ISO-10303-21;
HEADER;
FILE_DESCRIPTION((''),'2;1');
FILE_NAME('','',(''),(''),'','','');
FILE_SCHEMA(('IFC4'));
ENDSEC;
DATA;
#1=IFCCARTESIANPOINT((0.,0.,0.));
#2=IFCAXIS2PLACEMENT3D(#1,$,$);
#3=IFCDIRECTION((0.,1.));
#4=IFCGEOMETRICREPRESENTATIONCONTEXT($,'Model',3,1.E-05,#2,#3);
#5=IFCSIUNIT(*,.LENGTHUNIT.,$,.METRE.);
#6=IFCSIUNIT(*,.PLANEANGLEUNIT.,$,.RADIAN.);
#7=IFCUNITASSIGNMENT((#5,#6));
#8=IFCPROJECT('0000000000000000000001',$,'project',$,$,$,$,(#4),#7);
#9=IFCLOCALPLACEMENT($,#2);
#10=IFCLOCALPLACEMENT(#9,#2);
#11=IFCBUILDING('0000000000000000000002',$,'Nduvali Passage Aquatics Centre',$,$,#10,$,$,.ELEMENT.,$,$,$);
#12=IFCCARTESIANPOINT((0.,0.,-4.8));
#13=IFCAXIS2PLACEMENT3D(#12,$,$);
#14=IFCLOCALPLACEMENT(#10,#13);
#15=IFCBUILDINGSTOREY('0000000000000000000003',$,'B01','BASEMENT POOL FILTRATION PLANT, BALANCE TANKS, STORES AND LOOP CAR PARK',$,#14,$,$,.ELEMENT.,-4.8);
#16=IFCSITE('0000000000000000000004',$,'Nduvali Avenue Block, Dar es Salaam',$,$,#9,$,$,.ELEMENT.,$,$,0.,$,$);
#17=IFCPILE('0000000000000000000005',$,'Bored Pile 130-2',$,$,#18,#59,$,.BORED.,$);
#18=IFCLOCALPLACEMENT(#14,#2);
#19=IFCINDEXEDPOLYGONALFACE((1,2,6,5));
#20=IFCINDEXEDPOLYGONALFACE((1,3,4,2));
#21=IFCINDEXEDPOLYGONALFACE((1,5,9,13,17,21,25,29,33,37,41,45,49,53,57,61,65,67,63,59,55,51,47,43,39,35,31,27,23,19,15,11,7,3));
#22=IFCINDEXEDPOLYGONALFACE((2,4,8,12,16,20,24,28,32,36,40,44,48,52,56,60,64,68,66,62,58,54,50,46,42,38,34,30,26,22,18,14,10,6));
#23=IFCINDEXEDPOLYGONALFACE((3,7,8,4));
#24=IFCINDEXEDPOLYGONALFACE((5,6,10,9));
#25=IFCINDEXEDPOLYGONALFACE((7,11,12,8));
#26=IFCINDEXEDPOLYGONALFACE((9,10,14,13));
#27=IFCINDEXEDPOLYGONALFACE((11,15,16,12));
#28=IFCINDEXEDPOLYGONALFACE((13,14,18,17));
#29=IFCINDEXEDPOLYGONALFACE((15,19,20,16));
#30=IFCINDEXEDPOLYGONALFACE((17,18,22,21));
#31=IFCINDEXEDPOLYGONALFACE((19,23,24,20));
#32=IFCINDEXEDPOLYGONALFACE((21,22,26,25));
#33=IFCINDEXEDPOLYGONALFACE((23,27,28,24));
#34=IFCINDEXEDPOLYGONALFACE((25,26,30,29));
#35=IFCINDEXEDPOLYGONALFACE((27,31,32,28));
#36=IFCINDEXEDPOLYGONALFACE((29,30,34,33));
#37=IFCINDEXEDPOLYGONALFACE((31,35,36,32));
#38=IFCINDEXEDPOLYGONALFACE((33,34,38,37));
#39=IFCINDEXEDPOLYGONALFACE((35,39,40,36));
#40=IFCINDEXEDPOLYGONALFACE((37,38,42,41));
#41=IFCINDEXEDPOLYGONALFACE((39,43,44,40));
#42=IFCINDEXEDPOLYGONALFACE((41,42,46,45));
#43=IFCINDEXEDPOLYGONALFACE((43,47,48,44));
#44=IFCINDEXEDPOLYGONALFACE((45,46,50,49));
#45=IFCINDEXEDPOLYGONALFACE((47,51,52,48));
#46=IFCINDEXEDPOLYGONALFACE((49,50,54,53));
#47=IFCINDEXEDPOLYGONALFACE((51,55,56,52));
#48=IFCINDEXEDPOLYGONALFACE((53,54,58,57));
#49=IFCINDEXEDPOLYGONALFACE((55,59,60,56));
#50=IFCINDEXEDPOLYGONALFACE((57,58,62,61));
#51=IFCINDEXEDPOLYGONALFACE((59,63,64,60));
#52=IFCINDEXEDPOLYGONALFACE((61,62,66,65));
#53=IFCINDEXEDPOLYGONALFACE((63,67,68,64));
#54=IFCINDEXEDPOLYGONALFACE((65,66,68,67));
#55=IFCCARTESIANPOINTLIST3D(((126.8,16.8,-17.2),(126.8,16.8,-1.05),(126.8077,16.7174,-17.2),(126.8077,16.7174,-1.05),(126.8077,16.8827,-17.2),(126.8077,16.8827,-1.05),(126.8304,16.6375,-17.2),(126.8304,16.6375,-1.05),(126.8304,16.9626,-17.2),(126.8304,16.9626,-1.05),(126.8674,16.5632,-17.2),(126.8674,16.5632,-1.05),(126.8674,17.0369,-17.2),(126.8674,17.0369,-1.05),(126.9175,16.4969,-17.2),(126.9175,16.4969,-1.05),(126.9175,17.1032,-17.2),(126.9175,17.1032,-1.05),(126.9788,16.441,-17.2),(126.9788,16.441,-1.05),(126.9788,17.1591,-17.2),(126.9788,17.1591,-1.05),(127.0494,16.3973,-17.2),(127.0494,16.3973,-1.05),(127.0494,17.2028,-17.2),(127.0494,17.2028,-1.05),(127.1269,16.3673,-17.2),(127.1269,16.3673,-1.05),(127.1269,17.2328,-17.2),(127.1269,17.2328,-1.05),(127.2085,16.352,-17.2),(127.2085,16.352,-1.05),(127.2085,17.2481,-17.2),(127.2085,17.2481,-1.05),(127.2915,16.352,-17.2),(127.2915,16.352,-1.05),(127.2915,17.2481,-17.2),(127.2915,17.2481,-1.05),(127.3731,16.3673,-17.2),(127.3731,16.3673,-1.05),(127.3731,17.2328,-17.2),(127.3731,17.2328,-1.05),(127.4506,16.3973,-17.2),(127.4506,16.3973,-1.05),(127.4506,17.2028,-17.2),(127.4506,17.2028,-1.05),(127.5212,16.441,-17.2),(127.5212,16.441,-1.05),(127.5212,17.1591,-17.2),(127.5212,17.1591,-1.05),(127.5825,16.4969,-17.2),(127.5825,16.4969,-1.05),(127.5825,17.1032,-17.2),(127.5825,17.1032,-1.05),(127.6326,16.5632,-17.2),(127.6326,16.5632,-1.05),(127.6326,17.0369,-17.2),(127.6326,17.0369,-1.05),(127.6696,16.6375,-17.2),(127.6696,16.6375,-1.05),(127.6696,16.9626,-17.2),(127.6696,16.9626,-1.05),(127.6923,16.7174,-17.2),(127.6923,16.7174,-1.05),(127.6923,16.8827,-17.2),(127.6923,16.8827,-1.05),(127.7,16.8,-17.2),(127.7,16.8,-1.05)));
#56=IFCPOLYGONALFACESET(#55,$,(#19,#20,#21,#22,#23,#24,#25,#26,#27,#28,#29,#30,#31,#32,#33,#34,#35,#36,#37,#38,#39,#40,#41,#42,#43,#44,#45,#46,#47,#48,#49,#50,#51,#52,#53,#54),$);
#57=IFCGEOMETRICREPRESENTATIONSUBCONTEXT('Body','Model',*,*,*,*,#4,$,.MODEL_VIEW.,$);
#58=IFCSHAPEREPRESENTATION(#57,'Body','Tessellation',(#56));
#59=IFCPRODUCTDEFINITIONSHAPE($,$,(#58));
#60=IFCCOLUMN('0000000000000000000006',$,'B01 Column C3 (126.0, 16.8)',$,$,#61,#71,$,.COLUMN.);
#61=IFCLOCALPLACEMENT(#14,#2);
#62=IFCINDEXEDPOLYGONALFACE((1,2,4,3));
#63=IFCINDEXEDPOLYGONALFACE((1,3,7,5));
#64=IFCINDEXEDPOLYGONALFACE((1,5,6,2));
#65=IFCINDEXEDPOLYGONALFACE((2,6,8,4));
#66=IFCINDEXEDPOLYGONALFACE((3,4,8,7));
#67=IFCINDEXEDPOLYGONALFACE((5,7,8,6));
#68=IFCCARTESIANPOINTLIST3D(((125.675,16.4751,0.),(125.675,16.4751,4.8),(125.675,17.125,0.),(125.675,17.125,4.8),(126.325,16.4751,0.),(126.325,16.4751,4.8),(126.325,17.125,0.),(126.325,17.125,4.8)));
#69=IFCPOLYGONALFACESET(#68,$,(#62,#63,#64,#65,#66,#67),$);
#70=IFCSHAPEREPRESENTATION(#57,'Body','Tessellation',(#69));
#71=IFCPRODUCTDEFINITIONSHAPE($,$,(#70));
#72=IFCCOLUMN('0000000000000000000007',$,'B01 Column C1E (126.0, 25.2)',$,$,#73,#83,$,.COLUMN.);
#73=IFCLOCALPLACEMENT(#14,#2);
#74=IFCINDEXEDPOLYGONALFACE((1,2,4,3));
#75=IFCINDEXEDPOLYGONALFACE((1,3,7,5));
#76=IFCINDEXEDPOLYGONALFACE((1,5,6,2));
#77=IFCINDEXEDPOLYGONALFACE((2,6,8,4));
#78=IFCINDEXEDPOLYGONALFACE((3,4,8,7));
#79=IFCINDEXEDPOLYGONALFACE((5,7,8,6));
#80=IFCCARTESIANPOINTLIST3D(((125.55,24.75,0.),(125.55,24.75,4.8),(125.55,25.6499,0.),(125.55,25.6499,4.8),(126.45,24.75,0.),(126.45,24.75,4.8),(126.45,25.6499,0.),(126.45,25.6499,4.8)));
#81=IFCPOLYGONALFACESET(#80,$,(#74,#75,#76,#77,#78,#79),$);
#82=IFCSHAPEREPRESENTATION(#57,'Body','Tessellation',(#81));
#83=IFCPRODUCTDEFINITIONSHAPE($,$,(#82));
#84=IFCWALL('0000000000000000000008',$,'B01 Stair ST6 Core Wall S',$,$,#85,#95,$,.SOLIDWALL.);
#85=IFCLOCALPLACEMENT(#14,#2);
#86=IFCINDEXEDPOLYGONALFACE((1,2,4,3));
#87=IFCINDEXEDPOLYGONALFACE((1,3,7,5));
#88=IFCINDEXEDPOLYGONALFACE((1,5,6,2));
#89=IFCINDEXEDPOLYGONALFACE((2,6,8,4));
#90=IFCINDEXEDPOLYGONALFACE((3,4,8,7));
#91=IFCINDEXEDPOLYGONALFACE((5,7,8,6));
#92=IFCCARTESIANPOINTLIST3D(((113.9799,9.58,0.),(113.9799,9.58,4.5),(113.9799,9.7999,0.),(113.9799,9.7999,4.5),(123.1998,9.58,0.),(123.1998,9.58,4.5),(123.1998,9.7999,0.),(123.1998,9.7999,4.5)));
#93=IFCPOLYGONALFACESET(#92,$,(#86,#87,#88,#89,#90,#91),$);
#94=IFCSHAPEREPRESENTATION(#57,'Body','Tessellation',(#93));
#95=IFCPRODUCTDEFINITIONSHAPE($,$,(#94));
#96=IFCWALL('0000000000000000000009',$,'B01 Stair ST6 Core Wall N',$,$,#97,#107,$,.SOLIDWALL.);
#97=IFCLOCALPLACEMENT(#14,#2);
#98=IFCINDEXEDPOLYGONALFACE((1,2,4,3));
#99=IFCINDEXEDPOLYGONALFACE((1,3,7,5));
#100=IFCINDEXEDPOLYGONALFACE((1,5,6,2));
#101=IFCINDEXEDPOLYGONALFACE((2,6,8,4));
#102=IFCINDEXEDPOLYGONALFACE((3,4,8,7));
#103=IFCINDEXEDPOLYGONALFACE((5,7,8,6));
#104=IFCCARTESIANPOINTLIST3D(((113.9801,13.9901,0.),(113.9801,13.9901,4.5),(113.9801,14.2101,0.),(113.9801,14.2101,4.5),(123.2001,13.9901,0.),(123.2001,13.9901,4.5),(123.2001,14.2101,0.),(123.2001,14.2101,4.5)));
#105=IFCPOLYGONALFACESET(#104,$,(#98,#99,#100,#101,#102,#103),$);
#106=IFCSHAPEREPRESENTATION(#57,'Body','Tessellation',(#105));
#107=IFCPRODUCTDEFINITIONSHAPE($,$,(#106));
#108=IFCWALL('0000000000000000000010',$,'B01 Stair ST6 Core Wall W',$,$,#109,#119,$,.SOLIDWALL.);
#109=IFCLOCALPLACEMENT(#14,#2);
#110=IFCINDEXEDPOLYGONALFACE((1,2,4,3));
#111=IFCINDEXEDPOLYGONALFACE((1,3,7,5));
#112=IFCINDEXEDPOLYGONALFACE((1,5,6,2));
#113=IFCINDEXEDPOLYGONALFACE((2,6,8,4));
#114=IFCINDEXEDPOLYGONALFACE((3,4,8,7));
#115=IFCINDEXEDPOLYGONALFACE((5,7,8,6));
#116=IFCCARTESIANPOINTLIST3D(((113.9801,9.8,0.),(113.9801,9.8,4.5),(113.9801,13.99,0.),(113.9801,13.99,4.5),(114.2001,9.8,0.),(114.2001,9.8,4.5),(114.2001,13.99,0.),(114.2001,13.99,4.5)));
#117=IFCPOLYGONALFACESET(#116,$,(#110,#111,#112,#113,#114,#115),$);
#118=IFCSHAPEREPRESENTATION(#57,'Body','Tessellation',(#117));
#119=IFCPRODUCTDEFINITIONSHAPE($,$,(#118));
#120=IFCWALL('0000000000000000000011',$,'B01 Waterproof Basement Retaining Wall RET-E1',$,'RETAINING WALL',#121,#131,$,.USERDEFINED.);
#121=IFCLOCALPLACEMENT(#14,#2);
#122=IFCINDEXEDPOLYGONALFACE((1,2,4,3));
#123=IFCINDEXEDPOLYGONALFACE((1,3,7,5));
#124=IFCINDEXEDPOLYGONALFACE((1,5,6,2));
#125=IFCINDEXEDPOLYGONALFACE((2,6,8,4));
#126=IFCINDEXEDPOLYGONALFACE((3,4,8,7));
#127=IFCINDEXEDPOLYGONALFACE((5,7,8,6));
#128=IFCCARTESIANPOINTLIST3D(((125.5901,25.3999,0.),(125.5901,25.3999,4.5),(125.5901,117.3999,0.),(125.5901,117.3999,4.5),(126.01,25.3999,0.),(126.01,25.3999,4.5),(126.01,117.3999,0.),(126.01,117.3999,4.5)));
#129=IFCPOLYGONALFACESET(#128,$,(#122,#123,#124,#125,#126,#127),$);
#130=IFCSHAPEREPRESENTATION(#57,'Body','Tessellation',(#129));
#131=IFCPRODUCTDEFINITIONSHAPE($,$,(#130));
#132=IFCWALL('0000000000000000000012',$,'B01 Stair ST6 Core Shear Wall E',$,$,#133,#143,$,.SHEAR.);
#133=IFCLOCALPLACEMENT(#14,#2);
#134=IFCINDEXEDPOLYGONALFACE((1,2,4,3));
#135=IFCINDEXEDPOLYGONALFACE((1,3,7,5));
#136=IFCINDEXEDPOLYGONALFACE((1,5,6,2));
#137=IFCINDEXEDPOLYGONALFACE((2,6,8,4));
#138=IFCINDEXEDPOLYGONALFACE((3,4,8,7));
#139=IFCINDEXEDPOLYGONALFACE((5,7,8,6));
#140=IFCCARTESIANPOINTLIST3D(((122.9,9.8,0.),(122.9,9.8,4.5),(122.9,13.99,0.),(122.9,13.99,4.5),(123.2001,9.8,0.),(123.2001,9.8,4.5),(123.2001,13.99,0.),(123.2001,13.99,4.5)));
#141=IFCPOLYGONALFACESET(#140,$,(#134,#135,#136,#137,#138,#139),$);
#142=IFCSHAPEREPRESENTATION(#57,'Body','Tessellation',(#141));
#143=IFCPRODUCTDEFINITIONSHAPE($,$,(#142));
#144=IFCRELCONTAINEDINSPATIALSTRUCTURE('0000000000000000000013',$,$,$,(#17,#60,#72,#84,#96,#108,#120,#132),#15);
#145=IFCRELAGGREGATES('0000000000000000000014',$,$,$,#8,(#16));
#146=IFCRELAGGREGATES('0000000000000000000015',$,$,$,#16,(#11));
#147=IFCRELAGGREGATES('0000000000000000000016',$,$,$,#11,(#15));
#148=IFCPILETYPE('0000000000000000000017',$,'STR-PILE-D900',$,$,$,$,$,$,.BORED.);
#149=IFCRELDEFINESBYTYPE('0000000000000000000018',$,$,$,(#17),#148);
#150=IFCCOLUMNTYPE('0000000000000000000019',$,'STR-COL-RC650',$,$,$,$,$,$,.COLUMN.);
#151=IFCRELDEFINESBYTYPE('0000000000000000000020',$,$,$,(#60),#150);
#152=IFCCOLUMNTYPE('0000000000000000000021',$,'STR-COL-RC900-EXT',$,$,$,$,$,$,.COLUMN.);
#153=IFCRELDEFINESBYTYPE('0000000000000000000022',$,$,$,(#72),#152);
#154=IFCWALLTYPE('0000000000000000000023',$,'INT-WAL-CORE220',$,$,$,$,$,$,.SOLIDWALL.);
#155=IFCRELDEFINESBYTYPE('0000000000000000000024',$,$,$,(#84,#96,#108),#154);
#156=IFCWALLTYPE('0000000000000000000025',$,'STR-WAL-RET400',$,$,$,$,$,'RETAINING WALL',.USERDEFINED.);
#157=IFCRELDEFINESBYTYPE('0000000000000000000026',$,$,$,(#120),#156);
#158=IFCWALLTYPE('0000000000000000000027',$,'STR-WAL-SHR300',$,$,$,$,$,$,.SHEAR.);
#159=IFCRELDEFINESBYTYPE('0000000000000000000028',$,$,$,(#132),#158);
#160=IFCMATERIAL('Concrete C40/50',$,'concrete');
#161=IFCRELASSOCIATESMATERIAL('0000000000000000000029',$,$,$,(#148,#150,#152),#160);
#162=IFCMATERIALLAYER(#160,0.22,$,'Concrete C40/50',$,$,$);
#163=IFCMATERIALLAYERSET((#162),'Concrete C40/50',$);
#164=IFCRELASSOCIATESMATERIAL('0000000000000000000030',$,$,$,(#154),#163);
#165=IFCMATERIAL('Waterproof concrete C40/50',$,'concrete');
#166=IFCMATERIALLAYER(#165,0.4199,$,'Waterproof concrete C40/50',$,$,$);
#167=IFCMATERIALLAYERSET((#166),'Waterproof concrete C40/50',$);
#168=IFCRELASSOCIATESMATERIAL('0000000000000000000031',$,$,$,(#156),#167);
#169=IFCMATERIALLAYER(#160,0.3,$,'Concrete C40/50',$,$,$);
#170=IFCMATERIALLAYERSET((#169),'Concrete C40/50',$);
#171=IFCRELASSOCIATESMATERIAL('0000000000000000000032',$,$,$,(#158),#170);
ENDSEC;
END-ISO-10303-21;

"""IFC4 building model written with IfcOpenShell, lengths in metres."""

from ifc_helpers import new_model, si_unit, direction, frame, frame_2d, origin, origin_2d, place, context, subcontext, project, spatial, rectangle, circle, extrude, material, layer, layer_set, material_profile, profile_set, type_object, element, save


model = new_model("IFC4")

# Units and contexts
model_context = context("Model", 3, precision=1e-05, world=origin(), true_north=direction((0.0, 1.0)))
body_context = subcontext(model_context, "Body", "Model", "MODEL_VIEW")
ifc_project = project(units=[si_unit("LENGTHUNIT", "METRE"), si_unit("PLANEANGLEUNIT", "RADIAN")], contexts=[model_context])

# Site, building, storey
site_placement = place(None, origin())
site = spatial("IfcSite", under=ifc_project, at=site_placement, Name="Nduvali Avenue Block, Dar es Salaam", CompositionType="ELEMENT", RefElevation=0.0)
building_placement = place(site_placement, origin())
building = spatial("IfcBuilding", under=site, at=building_placement, Name="Nduvali Passage Aquatics Centre", CompositionType="ELEMENT")
storey_placement = place(building_placement, frame((0.0, 0.0, -4.8)))
storey = spatial("IfcBuildingStorey", under=building, at=storey_placement, Name="B01", Description="BASEMENT POOL FILTRATION PLANT, BALANCE TANKS, STORES AND LOOP CAR PARK", CompositionType="ELEMENT", Elevation=-4.8)

# Shared definitions
ifc_material_1 = material(Name="Concrete C40/50", Category="concrete")

# Pile
ifc_material_profile_1 = material_profile(ifc_material_1, circle(Radius=0.45, at=origin_2d()), Name="PILE D900")
ifc_profile_set_1 = profile_set([ifc_material_profile_1], Name="Concrete C40/50")
pile_type_1 = type_object("IfcPileType", Name="STR-PILE-D900", PredefinedType="BORED", material=ifc_profile_set_1)
for number, where, z_axis, x_axis, name in (
    (1, (127.25, 16.8, -1.05), (0.0, 0.0, -1.0), (1.0, 0.0, 0.0), "Bored Pile 130-2"),
):
    element("IfcPile", number, at=place(storey_placement, frame(where, z_axis=z_axis, x_axis=x_axis)), inside=storey, type_object=pile_type_1, Name=name, PredefinedType="BORED", context=body_context, shape_type="SweptSolid", body=[
        extrude(circle(Radius=0.45, at=origin_2d()), origin(), (0.0, 0.0, 1.0), 16.1499),
    ])

# Columns
ifc_material_profile_2 = material_profile(ifc_material_1, rectangle(XDim=0.6499, YDim=0.6499, at=origin_2d()), Name="RC 650x650")
ifc_profile_set_2 = profile_set([ifc_material_profile_2], Name="Concrete C40/50")
column_type_1 = type_object("IfcColumnType", Name="STR-COL-RC650", PredefinedType="COLUMN", material=ifc_profile_set_2)
column_1_placement = place(storey_placement, frame((126.0, 16.8, 0.0), z_axis=(0.0, 0.0, 1.0), x_axis=(1.0, 0.0, 0.0)))
element("IfcColumn", 2, at=column_1_placement, inside=storey, type_object=column_type_1, Name="B01 Column C3 (126.0, 16.8)", PredefinedType="COLUMN", context=body_context, shape_type="SweptSolid", body=[
    extrude(rectangle(XDim=0.6499, YDim=0.6499, at=origin_2d()), origin(), (0.0, 0.0, 1.0), 4.8),
])
ifc_material_profile_3 = material_profile(ifc_material_1, rectangle(XDim=0.8999, YDim=0.8999, at=origin_2d()), Name="RC 900x900")
ifc_profile_set_3 = profile_set([ifc_material_profile_3], Name="Concrete C40/50")
column_type_2 = type_object("IfcColumnType", Name="STR-COL-RC900-EXT", PredefinedType="COLUMN", material=ifc_profile_set_3)
column_2_placement = place(storey_placement, frame((126.0, 25.2, 0.0), z_axis=(0.0, 0.0, 1.0), x_axis=(1.0, 0.0, 0.0)))
element("IfcColumn", 3, at=column_2_placement, inside=storey, type_object=column_type_2, Name="B01 Column C1E (126.0, 25.2)", PredefinedType="COLUMN", context=body_context, shape_type="SweptSolid", body=[
    extrude(rectangle(XDim=0.8999, YDim=0.8999, at=origin_2d()), origin(), (0.0, 0.0, 1.0), 4.8),
])

# Walls
ifc_layer_1 = layer(ifc_material_1, 0.22, Name="Concrete C40/50")
ifc_layer_set_1 = layer_set([ifc_layer_1], Name="Concrete C40/50")
wall_type_1 = type_object("IfcWallType", Name="INT-WAL-CORE220", PredefinedType="SOLIDWALL", material=ifc_layer_set_1)
for number, where, z_axis, x_axis, name in (
    (4, (113.98, 9.6899, 0.0), (0.0, 0.0, 1.0), (1.0, 0.0, 0.0), "B01 Stair ST6 Core Wall S"),
    (5, (123.2, 14.1001, 0.0), (0.0, 0.0, 1.0), (-1.0, 0.0, 0.0), "B01 Stair ST6 Core Wall N"),
):
    element("IfcWall", number, at=place(storey_placement, frame(where, z_axis=z_axis, x_axis=x_axis)), inside=storey, type_object=wall_type_1, Name=name, PredefinedType="SOLIDWALL", context=body_context, shape_type="SweptSolid", body=[
        extrude(rectangle(XDim=9.22, YDim=0.22, at=frame_2d((4.6099, 0.0))), origin(), (0.0, 0.0, 1.0), 4.5),
    ])
wall_1_placement = place(storey_placement, frame((114.0901, 13.99, 0.0), z_axis=(0.0, 0.0, 1.0), x_axis=(0.0, -1.0, 0.0)))
element("IfcWall", 6, at=wall_1_placement, inside=storey, type_object=wall_type_1, Name="B01 Stair ST6 Core Wall W", PredefinedType="SOLIDWALL", context=body_context, shape_type="SweptSolid", body=[
    extrude(rectangle(XDim=4.1899, YDim=0.22, at=frame_2d((2.095, 0.0))), origin(), (0.0, 0.0, 1.0), 4.5),
])
ifc_material_2 = material(Name="Waterproof concrete C40/50", Category="concrete")
ifc_layer_2 = layer(ifc_material_2, 0.4199, Name="Waterproof concrete C40/50")
ifc_layer_set_2 = layer_set([ifc_layer_2], Name="Waterproof concrete C40/50")
wall_type_2 = type_object("IfcWallType", Name="STR-WAL-RET400", ElementType="RETAINING WALL", PredefinedType="USERDEFINED", material=ifc_layer_set_2)
wall_2_placement = place(storey_placement, frame((125.8, 25.3999, 0.0), z_axis=(0.0, 0.0, 1.0), x_axis=(0.0, 1.0, 0.0)))
element("IfcWall", 7, at=wall_2_placement, inside=storey, type_object=wall_type_2, Name="B01 Waterproof Basement Retaining Wall RET-E1", ObjectType="RETAINING WALL", PredefinedType="USERDEFINED", context=body_context, shape_type="SweptSolid", body=[
    extrude(rectangle(XDim=92.0, YDim=0.4199, at=frame_2d((46.0, 0.0))), origin(), (0.0, 0.0, 1.0), 4.5),
])
ifc_layer_3 = layer(ifc_material_1, 0.3, Name="Concrete C40/50")
ifc_layer_set_3 = layer_set([ifc_layer_3], Name="Concrete C40/50")
wall_type_3 = type_object("IfcWallType", Name="STR-WAL-SHR300", PredefinedType="SHEAR", material=ifc_layer_set_3)
wall_3_placement = place(storey_placement, frame((123.05, 9.8, 0.0), z_axis=(0.0, 0.0, 1.0), x_axis=(0.0, 1.0, 0.0)))
element("IfcWall", 8, at=wall_3_placement, inside=storey, type_object=wall_type_3, Name="B01 Stair ST6 Core Shear Wall E", PredefinedType="SHEAR", context=body_context, shape_type="SweptSolid", body=[
    extrude(rectangle(XDim=4.1899, YDim=0.3, at=frame_2d((2.095, 0.0))), origin(), (0.0, 0.0, 1.0), 4.5),
])

save(model, "model.ifc")
